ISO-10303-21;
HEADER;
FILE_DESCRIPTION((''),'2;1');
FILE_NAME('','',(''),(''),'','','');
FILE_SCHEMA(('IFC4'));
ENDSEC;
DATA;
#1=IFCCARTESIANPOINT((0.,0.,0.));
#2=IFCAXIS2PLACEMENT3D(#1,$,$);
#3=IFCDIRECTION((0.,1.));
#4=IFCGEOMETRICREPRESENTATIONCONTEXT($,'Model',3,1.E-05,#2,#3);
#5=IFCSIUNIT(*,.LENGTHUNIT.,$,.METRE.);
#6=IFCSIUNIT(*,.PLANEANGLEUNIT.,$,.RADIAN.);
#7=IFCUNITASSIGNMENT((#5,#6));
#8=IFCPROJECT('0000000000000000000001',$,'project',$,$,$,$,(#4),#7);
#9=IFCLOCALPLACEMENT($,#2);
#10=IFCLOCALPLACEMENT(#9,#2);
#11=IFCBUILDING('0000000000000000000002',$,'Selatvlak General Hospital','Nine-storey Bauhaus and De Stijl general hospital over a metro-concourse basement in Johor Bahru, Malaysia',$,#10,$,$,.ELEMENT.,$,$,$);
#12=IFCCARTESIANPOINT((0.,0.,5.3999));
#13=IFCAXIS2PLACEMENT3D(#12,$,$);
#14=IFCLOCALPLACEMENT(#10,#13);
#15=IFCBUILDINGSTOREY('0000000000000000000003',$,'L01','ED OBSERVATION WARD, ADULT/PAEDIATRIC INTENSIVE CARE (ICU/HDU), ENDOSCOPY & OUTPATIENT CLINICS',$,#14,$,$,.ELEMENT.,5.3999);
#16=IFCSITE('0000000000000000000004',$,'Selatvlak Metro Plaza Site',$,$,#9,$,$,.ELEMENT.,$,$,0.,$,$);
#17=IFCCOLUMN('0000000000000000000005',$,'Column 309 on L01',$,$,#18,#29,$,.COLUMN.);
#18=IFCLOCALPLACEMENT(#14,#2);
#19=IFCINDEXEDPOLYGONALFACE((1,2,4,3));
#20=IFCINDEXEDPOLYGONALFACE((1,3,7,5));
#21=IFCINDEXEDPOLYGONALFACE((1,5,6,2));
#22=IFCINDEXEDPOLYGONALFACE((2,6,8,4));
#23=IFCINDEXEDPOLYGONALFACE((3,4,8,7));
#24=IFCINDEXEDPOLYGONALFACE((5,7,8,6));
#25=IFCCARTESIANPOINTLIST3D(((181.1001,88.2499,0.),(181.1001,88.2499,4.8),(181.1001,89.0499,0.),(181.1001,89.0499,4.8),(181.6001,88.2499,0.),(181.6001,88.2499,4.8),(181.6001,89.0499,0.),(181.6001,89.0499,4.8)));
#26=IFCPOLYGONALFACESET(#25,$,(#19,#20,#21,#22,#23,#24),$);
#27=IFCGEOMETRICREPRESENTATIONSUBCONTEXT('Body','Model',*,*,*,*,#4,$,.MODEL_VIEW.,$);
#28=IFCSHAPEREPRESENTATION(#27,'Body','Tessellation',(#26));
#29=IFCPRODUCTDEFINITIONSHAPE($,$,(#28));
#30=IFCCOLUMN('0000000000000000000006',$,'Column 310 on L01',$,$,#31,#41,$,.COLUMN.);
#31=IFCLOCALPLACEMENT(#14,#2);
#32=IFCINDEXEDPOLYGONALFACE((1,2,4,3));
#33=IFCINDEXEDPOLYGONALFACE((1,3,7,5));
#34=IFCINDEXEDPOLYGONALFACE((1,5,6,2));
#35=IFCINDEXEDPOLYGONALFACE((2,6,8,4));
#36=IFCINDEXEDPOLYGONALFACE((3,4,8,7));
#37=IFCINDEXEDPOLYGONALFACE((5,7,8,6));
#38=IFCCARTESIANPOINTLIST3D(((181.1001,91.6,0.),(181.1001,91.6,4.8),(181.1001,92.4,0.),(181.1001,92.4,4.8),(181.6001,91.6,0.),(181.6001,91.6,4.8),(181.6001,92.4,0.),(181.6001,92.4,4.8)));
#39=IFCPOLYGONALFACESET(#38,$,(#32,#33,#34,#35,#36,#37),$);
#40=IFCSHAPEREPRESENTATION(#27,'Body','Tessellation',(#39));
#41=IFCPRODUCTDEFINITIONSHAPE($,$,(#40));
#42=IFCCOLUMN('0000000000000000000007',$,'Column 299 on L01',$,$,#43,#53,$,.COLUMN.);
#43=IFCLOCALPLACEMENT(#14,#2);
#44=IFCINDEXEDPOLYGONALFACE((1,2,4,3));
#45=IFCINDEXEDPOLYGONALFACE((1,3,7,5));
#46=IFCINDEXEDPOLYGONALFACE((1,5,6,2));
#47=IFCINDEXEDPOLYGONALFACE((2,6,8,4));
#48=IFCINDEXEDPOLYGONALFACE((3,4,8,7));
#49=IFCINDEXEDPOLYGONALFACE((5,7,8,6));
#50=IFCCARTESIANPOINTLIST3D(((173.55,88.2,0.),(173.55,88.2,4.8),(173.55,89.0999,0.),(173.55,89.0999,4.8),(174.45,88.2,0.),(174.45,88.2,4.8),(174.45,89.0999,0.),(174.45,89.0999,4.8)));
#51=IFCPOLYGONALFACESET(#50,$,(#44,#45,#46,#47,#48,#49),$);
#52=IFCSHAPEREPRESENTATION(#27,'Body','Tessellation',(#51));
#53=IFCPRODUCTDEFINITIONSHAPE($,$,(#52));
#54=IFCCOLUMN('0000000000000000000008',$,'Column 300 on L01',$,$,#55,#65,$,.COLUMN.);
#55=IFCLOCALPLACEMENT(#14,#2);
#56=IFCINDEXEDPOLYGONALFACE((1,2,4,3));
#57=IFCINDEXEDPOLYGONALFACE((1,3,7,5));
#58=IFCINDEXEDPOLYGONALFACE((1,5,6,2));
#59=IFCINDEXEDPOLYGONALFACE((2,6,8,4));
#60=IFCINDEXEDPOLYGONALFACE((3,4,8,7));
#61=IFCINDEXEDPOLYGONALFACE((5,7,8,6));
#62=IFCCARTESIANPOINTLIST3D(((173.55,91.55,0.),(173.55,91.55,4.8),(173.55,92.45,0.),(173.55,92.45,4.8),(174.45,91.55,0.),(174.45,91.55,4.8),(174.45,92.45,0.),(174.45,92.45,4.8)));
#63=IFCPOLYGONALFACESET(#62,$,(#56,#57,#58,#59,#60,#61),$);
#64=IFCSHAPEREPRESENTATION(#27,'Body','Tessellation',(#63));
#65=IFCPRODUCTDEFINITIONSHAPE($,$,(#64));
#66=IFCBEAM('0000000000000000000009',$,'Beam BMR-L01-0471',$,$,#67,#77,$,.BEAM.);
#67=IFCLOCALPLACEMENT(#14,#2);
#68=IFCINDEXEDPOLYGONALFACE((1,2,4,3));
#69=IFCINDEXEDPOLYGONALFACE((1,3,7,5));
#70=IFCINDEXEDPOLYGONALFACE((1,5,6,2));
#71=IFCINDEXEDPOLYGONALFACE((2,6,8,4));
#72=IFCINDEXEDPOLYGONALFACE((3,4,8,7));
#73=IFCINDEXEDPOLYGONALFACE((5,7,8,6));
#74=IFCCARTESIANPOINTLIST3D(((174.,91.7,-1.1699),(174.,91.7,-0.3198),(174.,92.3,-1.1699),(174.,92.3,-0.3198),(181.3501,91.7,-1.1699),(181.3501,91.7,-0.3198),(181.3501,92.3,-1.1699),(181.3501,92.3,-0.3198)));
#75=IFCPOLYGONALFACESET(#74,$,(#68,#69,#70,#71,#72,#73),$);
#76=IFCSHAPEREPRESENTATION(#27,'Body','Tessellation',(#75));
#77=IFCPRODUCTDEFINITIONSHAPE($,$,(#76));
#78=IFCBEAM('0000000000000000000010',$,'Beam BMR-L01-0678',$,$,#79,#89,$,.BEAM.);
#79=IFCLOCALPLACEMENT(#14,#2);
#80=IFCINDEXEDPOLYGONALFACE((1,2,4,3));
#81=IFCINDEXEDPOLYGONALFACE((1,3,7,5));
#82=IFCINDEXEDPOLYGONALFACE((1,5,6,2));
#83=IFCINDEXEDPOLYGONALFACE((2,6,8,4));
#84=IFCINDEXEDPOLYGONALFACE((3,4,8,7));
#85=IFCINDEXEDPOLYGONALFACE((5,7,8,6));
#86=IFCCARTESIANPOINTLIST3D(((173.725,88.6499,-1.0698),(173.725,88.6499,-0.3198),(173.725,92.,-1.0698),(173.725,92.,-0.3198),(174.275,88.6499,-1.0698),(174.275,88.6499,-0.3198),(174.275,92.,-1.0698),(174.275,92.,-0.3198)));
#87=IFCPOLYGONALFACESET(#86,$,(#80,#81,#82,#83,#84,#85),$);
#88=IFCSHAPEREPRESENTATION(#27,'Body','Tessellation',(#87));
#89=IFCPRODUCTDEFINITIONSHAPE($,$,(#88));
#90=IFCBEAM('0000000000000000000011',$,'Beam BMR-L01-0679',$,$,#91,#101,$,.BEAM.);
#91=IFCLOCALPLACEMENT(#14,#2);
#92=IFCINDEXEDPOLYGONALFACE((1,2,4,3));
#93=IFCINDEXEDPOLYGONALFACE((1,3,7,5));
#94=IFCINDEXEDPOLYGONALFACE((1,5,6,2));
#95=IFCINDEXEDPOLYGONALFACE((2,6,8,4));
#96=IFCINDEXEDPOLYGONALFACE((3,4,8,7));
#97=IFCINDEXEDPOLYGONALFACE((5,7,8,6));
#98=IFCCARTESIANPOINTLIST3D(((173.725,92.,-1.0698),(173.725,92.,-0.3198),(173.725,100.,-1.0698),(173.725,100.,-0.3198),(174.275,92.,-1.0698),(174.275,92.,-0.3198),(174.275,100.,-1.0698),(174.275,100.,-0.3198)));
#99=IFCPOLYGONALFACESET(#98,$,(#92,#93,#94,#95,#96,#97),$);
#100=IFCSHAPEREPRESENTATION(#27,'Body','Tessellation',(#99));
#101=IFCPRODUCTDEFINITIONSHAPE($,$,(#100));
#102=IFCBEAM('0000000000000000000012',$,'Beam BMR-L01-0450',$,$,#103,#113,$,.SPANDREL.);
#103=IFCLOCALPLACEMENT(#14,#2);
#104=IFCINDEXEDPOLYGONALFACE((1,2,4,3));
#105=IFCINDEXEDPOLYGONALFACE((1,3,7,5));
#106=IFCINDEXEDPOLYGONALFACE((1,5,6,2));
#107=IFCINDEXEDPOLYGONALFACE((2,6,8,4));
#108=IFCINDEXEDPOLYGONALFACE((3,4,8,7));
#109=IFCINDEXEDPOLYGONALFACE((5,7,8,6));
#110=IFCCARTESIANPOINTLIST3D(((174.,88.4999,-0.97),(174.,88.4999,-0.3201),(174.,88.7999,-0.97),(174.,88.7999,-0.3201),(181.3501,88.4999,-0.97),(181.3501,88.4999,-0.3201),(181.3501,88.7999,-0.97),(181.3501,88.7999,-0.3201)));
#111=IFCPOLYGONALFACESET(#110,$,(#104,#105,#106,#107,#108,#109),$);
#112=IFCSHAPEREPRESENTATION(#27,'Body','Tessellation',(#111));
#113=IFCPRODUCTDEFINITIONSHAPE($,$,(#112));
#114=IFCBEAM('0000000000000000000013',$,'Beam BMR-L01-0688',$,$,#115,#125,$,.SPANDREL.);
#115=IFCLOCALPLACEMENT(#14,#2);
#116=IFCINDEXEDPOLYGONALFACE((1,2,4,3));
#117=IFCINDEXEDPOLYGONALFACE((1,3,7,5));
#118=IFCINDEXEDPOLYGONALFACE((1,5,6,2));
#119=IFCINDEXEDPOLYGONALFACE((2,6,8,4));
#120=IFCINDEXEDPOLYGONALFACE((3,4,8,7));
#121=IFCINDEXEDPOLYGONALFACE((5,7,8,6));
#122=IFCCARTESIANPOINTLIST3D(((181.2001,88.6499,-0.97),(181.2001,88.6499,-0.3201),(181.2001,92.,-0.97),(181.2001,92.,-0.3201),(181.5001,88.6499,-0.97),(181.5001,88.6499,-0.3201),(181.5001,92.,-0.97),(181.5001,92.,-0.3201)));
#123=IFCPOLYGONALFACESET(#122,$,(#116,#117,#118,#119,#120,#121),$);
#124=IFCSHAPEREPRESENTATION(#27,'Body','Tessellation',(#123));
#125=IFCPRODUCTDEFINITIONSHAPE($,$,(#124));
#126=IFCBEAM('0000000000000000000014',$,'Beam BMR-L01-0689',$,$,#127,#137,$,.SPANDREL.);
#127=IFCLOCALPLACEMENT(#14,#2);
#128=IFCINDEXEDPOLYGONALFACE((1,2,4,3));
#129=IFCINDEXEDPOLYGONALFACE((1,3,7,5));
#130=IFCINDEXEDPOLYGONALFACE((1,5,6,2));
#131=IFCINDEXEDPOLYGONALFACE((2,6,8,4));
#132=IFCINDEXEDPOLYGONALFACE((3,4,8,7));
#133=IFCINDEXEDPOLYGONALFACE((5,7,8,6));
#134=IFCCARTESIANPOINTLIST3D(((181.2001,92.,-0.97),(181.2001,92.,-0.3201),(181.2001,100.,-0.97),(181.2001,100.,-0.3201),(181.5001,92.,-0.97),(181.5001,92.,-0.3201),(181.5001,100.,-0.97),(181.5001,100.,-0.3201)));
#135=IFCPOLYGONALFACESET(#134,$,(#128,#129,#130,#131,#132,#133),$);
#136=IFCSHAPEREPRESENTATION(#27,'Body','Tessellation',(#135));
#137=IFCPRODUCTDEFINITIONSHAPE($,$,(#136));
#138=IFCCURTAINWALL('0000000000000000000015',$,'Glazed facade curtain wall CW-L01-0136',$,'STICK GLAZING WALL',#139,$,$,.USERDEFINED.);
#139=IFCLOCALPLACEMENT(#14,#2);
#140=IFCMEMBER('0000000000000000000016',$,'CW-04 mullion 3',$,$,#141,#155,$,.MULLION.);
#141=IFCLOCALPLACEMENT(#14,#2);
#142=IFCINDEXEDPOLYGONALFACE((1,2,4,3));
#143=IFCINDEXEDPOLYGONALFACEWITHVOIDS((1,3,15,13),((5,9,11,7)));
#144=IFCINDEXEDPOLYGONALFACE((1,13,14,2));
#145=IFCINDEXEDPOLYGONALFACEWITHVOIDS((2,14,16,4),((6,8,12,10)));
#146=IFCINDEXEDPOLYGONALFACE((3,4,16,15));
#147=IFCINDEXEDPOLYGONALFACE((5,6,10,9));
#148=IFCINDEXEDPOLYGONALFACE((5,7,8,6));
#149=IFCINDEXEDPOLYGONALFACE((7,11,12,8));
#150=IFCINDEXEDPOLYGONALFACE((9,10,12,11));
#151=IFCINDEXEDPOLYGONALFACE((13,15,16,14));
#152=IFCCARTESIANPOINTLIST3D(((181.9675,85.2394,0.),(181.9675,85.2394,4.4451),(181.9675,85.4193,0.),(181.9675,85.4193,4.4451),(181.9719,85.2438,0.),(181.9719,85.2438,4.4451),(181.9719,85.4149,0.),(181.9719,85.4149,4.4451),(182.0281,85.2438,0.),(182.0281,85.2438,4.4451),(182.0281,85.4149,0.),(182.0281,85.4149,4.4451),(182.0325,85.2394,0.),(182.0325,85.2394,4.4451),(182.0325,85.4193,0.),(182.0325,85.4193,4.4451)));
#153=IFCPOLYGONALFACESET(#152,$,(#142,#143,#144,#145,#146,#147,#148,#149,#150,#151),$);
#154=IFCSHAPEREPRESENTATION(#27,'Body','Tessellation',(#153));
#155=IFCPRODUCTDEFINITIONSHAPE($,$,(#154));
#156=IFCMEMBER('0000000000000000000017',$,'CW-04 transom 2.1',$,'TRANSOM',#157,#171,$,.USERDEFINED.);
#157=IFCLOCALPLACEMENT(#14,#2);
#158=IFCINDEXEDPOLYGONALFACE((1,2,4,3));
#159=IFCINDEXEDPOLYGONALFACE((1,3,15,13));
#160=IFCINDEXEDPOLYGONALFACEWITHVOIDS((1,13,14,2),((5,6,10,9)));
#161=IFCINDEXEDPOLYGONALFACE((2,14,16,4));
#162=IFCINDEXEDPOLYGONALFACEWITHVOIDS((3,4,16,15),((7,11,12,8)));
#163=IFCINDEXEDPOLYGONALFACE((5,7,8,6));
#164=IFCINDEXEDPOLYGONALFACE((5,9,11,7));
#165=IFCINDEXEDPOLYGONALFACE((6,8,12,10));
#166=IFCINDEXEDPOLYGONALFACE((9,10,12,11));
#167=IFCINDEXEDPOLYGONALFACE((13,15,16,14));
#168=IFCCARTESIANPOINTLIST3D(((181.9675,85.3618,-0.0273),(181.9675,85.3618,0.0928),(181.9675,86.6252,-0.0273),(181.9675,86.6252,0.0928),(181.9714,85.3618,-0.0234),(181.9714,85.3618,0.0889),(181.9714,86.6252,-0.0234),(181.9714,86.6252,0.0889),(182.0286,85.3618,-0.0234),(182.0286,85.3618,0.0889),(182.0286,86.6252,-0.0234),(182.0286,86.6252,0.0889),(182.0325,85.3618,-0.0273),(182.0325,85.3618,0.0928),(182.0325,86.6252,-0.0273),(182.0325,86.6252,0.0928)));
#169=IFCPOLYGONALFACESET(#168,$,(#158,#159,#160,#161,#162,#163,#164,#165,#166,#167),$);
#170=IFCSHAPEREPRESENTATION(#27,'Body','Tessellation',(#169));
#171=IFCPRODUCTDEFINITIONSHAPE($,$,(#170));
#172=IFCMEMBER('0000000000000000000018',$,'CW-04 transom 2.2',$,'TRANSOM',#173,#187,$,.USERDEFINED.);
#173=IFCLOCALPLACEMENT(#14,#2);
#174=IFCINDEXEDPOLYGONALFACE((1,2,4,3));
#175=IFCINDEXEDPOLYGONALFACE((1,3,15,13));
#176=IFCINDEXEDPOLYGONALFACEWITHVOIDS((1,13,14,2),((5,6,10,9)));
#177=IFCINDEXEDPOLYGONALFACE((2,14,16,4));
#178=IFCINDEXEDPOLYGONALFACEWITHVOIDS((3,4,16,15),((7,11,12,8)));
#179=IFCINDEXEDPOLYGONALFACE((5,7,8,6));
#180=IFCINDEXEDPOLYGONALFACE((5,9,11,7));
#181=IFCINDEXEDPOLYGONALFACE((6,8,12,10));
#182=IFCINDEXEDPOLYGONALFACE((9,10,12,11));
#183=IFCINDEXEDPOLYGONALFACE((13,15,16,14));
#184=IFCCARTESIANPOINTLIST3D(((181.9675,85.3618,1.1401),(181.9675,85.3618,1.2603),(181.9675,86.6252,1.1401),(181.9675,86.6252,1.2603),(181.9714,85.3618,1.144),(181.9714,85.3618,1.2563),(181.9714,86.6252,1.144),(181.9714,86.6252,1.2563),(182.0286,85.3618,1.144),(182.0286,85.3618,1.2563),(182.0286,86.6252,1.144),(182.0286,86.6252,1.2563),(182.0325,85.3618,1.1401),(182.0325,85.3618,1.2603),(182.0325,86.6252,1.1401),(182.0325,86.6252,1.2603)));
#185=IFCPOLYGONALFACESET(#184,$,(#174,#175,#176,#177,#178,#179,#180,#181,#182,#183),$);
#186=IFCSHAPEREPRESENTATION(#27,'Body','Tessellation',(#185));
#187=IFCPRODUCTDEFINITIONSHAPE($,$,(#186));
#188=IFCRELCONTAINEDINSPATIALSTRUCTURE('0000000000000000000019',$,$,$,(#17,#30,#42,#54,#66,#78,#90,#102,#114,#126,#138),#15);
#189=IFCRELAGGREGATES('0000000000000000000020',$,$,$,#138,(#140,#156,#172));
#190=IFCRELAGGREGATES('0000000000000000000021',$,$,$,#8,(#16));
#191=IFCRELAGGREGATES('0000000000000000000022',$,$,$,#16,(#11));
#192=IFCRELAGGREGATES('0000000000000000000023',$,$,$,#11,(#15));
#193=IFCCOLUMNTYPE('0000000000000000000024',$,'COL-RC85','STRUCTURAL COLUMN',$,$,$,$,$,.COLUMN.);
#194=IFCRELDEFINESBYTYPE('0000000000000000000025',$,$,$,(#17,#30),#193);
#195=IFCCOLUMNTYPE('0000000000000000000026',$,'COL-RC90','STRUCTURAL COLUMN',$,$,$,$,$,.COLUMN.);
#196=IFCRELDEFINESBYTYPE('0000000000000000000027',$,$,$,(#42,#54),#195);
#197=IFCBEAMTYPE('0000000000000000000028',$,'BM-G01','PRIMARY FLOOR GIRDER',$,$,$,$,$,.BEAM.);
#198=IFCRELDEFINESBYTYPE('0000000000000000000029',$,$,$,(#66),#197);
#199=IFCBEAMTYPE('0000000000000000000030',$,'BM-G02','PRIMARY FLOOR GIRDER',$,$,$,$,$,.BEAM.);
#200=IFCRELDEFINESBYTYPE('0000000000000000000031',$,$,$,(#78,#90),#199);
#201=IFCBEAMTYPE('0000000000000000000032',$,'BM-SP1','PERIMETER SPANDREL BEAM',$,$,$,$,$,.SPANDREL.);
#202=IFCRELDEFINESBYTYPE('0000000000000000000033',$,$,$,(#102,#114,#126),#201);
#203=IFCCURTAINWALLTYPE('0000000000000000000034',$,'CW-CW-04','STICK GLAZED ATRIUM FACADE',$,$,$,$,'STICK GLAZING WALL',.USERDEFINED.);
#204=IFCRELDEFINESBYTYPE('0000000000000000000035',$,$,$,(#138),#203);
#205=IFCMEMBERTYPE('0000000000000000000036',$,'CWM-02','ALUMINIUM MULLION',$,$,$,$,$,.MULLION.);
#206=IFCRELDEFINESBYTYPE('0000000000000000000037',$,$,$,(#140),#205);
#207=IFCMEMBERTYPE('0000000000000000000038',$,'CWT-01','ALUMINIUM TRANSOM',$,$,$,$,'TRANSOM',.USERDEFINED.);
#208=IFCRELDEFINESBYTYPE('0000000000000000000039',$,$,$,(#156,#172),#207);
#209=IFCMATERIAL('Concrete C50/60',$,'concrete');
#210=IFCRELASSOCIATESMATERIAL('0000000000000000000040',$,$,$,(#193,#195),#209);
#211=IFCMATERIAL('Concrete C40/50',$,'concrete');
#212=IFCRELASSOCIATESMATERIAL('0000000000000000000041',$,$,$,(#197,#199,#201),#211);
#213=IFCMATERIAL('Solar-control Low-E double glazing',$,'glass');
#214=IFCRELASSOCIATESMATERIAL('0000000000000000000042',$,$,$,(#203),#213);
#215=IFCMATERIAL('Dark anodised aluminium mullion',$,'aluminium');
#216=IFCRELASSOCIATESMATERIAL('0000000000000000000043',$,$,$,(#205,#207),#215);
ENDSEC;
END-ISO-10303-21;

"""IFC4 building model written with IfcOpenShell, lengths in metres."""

from ifc_helpers import new_model, si_unit, direction, frame, origin, origin_2d, place, context, subcontext, project, spatial, rectangle, hollow_rectangle, extrude, material, material_profile, profile_set, type_object, element, aggregate, save


model = new_model("IFC4")

# Units and contexts
model_context = context("Model", 3, precision=1e-05, world=origin(), true_north=direction((0.0, 1.0)))
body_context = subcontext(model_context, "Body", "Model", "MODEL_VIEW")
ifc_project = project(units=[si_unit("LENGTHUNIT", "METRE"), si_unit("PLANEANGLEUNIT", "RADIAN")], contexts=[model_context])

# Site, building, storey
site_placement = place(None, origin())
site = spatial("IfcSite", under=ifc_project, at=site_placement, Name="Selatvlak Metro Plaza Site", CompositionType="ELEMENT", RefElevation=0.0)
building_placement = place(site_placement, origin())
building = spatial("IfcBuilding", under=site, at=building_placement, Name="Selatvlak General Hospital", Description="Nine-storey Bauhaus and De Stijl general hospital over a metro-concourse basement in Johor Bahru, Malaysia", CompositionType="ELEMENT")
storey_placement = place(building_placement, frame((0.0, 0.0, 5.3999)))
storey = spatial("IfcBuildingStorey", under=building, at=storey_placement, Name="L01", Description="ED OBSERVATION WARD, ADULT/PAEDIATRIC INTENSIVE CARE (ICU/HDU), ENDOSCOPY & OUTPATIENT CLINICS", CompositionType="ELEMENT", Elevation=5.3999)

# Columns
ifc_material_1 = material(Name="Concrete C50/60", Category="concrete")
ifc_material_profile_1 = material_profile(ifc_material_1, rectangle(XDim=0.5, YDim=0.8, at=origin_2d()), Name="RC-COL 800x500")
ifc_profile_set_1 = profile_set([ifc_material_profile_1], Name="Concrete C50/60")
column_type_1 = type_object("IfcColumnType", Name="COL-RC85", Description="STRUCTURAL COLUMN", PredefinedType="COLUMN", material=ifc_profile_set_1)
for number, where, z_axis, x_axis, name in (
    (1, (181.3501, 88.6499, 0.0), (0.0, 0.0, 1.0), (1.0, 0.0, 0.0), "Column 309 on L01"),
    (2, (181.3501, 92.0, 0.0), (0.0, 0.0, 1.0), (1.0, 0.0, 0.0), "Column 310 on L01"),
):
    element("IfcColumn", number, at=place(storey_placement, frame(where, z_axis=z_axis, x_axis=x_axis)), inside=storey, type_object=column_type_1, Name=name, PredefinedType="COLUMN", context=body_context, shape_type="SweptSolid", body=[
        extrude(rectangle(XDim=0.5, YDim=0.8, at=origin_2d()), origin(), (0.0, 0.0, 1.0), 4.8),
    ])
ifc_material_profile_2 = material_profile(ifc_material_1, rectangle(XDim=0.8999, YDim=0.8999, at=origin_2d()), Name="RC-COL 900x900")
ifc_profile_set_2 = profile_set([ifc_material_profile_2], Name="Concrete C50/60")
column_type_2 = type_object("IfcColumnType", Name="COL-RC90", Description="STRUCTURAL COLUMN", PredefinedType="COLUMN", material=ifc_profile_set_2)
for number, where, z_axis, x_axis, name in (
    (3, (174.0, 88.6499, 0.0), (0.0, 0.0, 1.0), (1.0, 0.0, 0.0), "Column 299 on L01"),
    (4, (174.0, 92.0, 0.0), (0.0, 0.0, 1.0), (1.0, 0.0, 0.0), "Column 300 on L01"),
):
    element("IfcColumn", number, at=place(storey_placement, frame(where, z_axis=z_axis, x_axis=x_axis)), inside=storey, type_object=column_type_2, Name=name, PredefinedType="COLUMN", context=body_context, shape_type="SweptSolid", body=[
        extrude(rectangle(XDim=0.8999, YDim=0.8999, at=origin_2d()), origin(), (0.0, 0.0, 1.0), 4.8),
    ])

# Beams
ifc_material_2 = material(Name="Concrete C40/50", Category="concrete")
ifc_material_profile_3 = material_profile(ifc_material_2, rectangle(XDim=0.6001, YDim=0.8501, at=origin_2d()), Name="RC-BM 600x850")
ifc_profile_set_3 = profile_set([ifc_material_profile_3], Name="Concrete C40/50")
beam_type_1 = type_object("IfcBeamType", Name="BM-G01", Description="PRIMARY FLOOR GIRDER", PredefinedType="BEAM", material=ifc_profile_set_3)
beam_1_placement = place(storey_placement, frame((174.0, 92.0, -0.7449), z_axis=(1.0, 0.0, 0.0), x_axis=(0.0, 1.0, 0.0)))
element("IfcBeam", 5, at=beam_1_placement, inside=storey, type_object=beam_type_1, Name="Beam BMR-L01-0471", PredefinedType="BEAM", context=body_context, shape_type="SweptSolid", body=[
    extrude(rectangle(XDim=0.6001, YDim=0.8501, at=origin_2d()), origin(), (0.0, 0.0, 1.0), 7.3501),
])
ifc_material_profile_4 = material_profile(ifc_material_2, rectangle(XDim=0.55, YDim=0.75, at=origin_2d()), Name="RC-BM 550x750")
ifc_profile_set_4 = profile_set([ifc_material_profile_4], Name="Concrete C40/50")
beam_type_2 = type_object("IfcBeamType", Name="BM-G02", Description="PRIMARY FLOOR GIRDER", PredefinedType="BEAM", material=ifc_profile_set_4)
beam_2_placement = place(storey_placement, frame((174.0, 88.6499, -0.6948), z_axis=(0.0, 1.0, 0.0), x_axis=(-1.0, 0.0, 0.0)))
element("IfcBeam", 6, at=beam_2_placement, inside=storey, type_object=beam_type_2, Name="Beam BMR-L01-0678", PredefinedType="BEAM", context=body_context, shape_type="SweptSolid", body=[
    extrude(rectangle(XDim=0.55, YDim=0.75, at=origin_2d()), origin(), (0.0, 0.0, 1.0), 3.3501),
])
beam_3_placement = place(storey_placement, frame((174.0, 92.0, -0.6948), z_axis=(0.0, 1.0, 0.0), x_axis=(-1.0, 0.0, 0.0)))
element("IfcBeam", 7, at=beam_3_placement, inside=storey, type_object=beam_type_2, Name="Beam BMR-L01-0679", PredefinedType="BEAM", context=body_context, shape_type="SweptSolid", body=[
    extrude(rectangle(XDim=0.55, YDim=0.75, at=origin_2d()), origin(), (0.0, 0.0, 1.0), 8.0),
])
ifc_material_profile_5 = material_profile(ifc_material_2, rectangle(XDim=0.3, YDim=0.6499, at=origin_2d()), Name="RC-SP 300x650")
ifc_profile_set_5 = profile_set([ifc_material_profile_5], Name="Concrete C40/50")
beam_type_3 = type_object("IfcBeamType", Name="BM-SP1", Description="PERIMETER SPANDREL BEAM", PredefinedType="SPANDREL", material=ifc_profile_set_5)
beam_4_placement = place(storey_placement, frame((174.0, 88.6499, -0.645), z_axis=(1.0, 0.0, 0.0), x_axis=(0.0, 1.0, 0.0)))
element("IfcBeam", 8, at=beam_4_placement, inside=storey, type_object=beam_type_3, Name="Beam BMR-L01-0450", PredefinedType="SPANDREL", context=body_context, shape_type="SweptSolid", body=[
    extrude(rectangle(XDim=0.3, YDim=0.6499, at=origin_2d()), origin(), (0.0, 0.0, 1.0), 7.3501),
])
beam_5_placement = place(storey_placement, frame((181.3501, 88.6499, -0.645), z_axis=(0.0, 1.0, 0.0), x_axis=(-1.0, 0.0, 0.0)))
element("IfcBeam", 9, at=beam_5_placement, inside=storey, type_object=beam_type_3, Name="Beam BMR-L01-0688", PredefinedType="SPANDREL", context=body_context, shape_type="SweptSolid", body=[
    extrude(rectangle(XDim=0.3, YDim=0.6499, at=origin_2d()), origin(), (0.0, 0.0, 1.0), 3.3501),
])
beam_6_placement = place(storey_placement, frame((181.3501, 92.0, -0.645), z_axis=(0.0, 1.0, 0.0), x_axis=(-1.0, 0.0, 0.0)))
element("IfcBeam", 10, at=beam_6_placement, inside=storey, type_object=beam_type_3, Name="Beam BMR-L01-0689", PredefinedType="SPANDREL", context=body_context, shape_type="SweptSolid", body=[
    extrude(rectangle(XDim=0.3, YDim=0.6499, at=origin_2d()), origin(), (0.0, 0.0, 1.0), 8.0),
])

# Curtain wall, members
ifc_material_3 = material(Name="Solar-control Low-E double glazing", Category="glass")
curtain_wall_type = type_object("IfcCurtainWallType", Name="CW-CW-04", Description="STICK GLAZED ATRIUM FACADE", ElementType="STICK GLAZING WALL", PredefinedType="USERDEFINED", material=ifc_material_3)
curtain_wall_placement = place(storey_placement, origin())
curtain_wall = element("IfcCurtainWall", 11, at=curtain_wall_placement, inside=storey, type_object=curtain_wall_type, Name="Glazed facade curtain wall CW-L01-0136", ObjectType="STICK GLAZING WALL", PredefinedType="USERDEFINED")
ifc_material_4 = material(Name="Dark anodised aluminium mullion", Category="aluminium")
ifc_material_profile_6 = material_profile(ifc_material_4, hollow_rectangle(XDim=0.0649, YDim=0.1799, WallThickness=0.0044, at=origin_2d()), Name="AL-MUL 65x180x4.5")
ifc_profile_set_6 = profile_set([ifc_material_profile_6], Name="Dark anodised aluminium mullion")
member_type_1 = type_object("IfcMemberType", Name="CWM-02", Description="ALUMINIUM MULLION", PredefinedType="MULLION", material=ifc_profile_set_6)
member_1_placement = place(storey_placement, frame((182.0, 85.3293, 0.0), z_axis=(0.0, 0.0, 1.0), x_axis=(1.0, 0.0, 0.0)))
member_1 = element("IfcMember", 12, at=member_1_placement, type_object=member_type_1, Name="CW-04 mullion 3", PredefinedType="MULLION", context=body_context, shape_type="SweptSolid", body=[
    extrude(hollow_rectangle(XDim=0.0649, YDim=0.1799, WallThickness=0.0044, at=origin_2d()), origin(), (0.0, 0.0, 1.0), 4.4451),
])
ifc_material_profile_7 = material_profile(ifc_material_4, hollow_rectangle(XDim=0.0649, YDim=0.1201, WallThickness=0.0039, at=origin_2d()), Name="AL-TRN 65x120x4")
ifc_profile_set_7 = profile_set([ifc_material_profile_7], Name="Dark anodised aluminium mullion")
member_type_2 = type_object("IfcMemberType", Name="CWT-01", Description="ALUMINIUM TRANSOM", ElementType="TRANSOM", PredefinedType="USERDEFINED", material=ifc_profile_set_7)
member_2_placement = place(storey_placement, frame((182.0, 86.6252, 0.0327), z_axis=(0.0, -1.0, 0.0), x_axis=(1.0, 0.0, 0.0)))
member_2 = element("IfcMember", 13, at=member_2_placement, type_object=member_type_2, Name="CW-04 transom 2.1", ObjectType="TRANSOM", PredefinedType="USERDEFINED", context=body_context, shape_type="SweptSolid", body=[
    extrude(hollow_rectangle(XDim=0.0649, YDim=0.1201, WallThickness=0.0039, at=origin_2d()), origin(), (0.0, 0.0, 1.0), 1.2634),
])
member_3_placement = place(storey_placement, frame((182.0, 86.6252, 1.2002), z_axis=(0.0, -1.0, 0.0), x_axis=(1.0, 0.0, 0.0)))
member_3 = element("IfcMember", 14, at=member_3_placement, type_object=member_type_2, Name="CW-04 transom 2.2", ObjectType="TRANSOM", PredefinedType="USERDEFINED", context=body_context, shape_type="SweptSolid", body=[
    extrude(hollow_rectangle(XDim=0.0649, YDim=0.1201, WallThickness=0.0039, at=origin_2d()), origin(), (0.0, 0.0, 1.0), 1.2634),
])
aggregate(curtain_wall, [member_1, member_2, member_3])

save(model, "model.ifc")
